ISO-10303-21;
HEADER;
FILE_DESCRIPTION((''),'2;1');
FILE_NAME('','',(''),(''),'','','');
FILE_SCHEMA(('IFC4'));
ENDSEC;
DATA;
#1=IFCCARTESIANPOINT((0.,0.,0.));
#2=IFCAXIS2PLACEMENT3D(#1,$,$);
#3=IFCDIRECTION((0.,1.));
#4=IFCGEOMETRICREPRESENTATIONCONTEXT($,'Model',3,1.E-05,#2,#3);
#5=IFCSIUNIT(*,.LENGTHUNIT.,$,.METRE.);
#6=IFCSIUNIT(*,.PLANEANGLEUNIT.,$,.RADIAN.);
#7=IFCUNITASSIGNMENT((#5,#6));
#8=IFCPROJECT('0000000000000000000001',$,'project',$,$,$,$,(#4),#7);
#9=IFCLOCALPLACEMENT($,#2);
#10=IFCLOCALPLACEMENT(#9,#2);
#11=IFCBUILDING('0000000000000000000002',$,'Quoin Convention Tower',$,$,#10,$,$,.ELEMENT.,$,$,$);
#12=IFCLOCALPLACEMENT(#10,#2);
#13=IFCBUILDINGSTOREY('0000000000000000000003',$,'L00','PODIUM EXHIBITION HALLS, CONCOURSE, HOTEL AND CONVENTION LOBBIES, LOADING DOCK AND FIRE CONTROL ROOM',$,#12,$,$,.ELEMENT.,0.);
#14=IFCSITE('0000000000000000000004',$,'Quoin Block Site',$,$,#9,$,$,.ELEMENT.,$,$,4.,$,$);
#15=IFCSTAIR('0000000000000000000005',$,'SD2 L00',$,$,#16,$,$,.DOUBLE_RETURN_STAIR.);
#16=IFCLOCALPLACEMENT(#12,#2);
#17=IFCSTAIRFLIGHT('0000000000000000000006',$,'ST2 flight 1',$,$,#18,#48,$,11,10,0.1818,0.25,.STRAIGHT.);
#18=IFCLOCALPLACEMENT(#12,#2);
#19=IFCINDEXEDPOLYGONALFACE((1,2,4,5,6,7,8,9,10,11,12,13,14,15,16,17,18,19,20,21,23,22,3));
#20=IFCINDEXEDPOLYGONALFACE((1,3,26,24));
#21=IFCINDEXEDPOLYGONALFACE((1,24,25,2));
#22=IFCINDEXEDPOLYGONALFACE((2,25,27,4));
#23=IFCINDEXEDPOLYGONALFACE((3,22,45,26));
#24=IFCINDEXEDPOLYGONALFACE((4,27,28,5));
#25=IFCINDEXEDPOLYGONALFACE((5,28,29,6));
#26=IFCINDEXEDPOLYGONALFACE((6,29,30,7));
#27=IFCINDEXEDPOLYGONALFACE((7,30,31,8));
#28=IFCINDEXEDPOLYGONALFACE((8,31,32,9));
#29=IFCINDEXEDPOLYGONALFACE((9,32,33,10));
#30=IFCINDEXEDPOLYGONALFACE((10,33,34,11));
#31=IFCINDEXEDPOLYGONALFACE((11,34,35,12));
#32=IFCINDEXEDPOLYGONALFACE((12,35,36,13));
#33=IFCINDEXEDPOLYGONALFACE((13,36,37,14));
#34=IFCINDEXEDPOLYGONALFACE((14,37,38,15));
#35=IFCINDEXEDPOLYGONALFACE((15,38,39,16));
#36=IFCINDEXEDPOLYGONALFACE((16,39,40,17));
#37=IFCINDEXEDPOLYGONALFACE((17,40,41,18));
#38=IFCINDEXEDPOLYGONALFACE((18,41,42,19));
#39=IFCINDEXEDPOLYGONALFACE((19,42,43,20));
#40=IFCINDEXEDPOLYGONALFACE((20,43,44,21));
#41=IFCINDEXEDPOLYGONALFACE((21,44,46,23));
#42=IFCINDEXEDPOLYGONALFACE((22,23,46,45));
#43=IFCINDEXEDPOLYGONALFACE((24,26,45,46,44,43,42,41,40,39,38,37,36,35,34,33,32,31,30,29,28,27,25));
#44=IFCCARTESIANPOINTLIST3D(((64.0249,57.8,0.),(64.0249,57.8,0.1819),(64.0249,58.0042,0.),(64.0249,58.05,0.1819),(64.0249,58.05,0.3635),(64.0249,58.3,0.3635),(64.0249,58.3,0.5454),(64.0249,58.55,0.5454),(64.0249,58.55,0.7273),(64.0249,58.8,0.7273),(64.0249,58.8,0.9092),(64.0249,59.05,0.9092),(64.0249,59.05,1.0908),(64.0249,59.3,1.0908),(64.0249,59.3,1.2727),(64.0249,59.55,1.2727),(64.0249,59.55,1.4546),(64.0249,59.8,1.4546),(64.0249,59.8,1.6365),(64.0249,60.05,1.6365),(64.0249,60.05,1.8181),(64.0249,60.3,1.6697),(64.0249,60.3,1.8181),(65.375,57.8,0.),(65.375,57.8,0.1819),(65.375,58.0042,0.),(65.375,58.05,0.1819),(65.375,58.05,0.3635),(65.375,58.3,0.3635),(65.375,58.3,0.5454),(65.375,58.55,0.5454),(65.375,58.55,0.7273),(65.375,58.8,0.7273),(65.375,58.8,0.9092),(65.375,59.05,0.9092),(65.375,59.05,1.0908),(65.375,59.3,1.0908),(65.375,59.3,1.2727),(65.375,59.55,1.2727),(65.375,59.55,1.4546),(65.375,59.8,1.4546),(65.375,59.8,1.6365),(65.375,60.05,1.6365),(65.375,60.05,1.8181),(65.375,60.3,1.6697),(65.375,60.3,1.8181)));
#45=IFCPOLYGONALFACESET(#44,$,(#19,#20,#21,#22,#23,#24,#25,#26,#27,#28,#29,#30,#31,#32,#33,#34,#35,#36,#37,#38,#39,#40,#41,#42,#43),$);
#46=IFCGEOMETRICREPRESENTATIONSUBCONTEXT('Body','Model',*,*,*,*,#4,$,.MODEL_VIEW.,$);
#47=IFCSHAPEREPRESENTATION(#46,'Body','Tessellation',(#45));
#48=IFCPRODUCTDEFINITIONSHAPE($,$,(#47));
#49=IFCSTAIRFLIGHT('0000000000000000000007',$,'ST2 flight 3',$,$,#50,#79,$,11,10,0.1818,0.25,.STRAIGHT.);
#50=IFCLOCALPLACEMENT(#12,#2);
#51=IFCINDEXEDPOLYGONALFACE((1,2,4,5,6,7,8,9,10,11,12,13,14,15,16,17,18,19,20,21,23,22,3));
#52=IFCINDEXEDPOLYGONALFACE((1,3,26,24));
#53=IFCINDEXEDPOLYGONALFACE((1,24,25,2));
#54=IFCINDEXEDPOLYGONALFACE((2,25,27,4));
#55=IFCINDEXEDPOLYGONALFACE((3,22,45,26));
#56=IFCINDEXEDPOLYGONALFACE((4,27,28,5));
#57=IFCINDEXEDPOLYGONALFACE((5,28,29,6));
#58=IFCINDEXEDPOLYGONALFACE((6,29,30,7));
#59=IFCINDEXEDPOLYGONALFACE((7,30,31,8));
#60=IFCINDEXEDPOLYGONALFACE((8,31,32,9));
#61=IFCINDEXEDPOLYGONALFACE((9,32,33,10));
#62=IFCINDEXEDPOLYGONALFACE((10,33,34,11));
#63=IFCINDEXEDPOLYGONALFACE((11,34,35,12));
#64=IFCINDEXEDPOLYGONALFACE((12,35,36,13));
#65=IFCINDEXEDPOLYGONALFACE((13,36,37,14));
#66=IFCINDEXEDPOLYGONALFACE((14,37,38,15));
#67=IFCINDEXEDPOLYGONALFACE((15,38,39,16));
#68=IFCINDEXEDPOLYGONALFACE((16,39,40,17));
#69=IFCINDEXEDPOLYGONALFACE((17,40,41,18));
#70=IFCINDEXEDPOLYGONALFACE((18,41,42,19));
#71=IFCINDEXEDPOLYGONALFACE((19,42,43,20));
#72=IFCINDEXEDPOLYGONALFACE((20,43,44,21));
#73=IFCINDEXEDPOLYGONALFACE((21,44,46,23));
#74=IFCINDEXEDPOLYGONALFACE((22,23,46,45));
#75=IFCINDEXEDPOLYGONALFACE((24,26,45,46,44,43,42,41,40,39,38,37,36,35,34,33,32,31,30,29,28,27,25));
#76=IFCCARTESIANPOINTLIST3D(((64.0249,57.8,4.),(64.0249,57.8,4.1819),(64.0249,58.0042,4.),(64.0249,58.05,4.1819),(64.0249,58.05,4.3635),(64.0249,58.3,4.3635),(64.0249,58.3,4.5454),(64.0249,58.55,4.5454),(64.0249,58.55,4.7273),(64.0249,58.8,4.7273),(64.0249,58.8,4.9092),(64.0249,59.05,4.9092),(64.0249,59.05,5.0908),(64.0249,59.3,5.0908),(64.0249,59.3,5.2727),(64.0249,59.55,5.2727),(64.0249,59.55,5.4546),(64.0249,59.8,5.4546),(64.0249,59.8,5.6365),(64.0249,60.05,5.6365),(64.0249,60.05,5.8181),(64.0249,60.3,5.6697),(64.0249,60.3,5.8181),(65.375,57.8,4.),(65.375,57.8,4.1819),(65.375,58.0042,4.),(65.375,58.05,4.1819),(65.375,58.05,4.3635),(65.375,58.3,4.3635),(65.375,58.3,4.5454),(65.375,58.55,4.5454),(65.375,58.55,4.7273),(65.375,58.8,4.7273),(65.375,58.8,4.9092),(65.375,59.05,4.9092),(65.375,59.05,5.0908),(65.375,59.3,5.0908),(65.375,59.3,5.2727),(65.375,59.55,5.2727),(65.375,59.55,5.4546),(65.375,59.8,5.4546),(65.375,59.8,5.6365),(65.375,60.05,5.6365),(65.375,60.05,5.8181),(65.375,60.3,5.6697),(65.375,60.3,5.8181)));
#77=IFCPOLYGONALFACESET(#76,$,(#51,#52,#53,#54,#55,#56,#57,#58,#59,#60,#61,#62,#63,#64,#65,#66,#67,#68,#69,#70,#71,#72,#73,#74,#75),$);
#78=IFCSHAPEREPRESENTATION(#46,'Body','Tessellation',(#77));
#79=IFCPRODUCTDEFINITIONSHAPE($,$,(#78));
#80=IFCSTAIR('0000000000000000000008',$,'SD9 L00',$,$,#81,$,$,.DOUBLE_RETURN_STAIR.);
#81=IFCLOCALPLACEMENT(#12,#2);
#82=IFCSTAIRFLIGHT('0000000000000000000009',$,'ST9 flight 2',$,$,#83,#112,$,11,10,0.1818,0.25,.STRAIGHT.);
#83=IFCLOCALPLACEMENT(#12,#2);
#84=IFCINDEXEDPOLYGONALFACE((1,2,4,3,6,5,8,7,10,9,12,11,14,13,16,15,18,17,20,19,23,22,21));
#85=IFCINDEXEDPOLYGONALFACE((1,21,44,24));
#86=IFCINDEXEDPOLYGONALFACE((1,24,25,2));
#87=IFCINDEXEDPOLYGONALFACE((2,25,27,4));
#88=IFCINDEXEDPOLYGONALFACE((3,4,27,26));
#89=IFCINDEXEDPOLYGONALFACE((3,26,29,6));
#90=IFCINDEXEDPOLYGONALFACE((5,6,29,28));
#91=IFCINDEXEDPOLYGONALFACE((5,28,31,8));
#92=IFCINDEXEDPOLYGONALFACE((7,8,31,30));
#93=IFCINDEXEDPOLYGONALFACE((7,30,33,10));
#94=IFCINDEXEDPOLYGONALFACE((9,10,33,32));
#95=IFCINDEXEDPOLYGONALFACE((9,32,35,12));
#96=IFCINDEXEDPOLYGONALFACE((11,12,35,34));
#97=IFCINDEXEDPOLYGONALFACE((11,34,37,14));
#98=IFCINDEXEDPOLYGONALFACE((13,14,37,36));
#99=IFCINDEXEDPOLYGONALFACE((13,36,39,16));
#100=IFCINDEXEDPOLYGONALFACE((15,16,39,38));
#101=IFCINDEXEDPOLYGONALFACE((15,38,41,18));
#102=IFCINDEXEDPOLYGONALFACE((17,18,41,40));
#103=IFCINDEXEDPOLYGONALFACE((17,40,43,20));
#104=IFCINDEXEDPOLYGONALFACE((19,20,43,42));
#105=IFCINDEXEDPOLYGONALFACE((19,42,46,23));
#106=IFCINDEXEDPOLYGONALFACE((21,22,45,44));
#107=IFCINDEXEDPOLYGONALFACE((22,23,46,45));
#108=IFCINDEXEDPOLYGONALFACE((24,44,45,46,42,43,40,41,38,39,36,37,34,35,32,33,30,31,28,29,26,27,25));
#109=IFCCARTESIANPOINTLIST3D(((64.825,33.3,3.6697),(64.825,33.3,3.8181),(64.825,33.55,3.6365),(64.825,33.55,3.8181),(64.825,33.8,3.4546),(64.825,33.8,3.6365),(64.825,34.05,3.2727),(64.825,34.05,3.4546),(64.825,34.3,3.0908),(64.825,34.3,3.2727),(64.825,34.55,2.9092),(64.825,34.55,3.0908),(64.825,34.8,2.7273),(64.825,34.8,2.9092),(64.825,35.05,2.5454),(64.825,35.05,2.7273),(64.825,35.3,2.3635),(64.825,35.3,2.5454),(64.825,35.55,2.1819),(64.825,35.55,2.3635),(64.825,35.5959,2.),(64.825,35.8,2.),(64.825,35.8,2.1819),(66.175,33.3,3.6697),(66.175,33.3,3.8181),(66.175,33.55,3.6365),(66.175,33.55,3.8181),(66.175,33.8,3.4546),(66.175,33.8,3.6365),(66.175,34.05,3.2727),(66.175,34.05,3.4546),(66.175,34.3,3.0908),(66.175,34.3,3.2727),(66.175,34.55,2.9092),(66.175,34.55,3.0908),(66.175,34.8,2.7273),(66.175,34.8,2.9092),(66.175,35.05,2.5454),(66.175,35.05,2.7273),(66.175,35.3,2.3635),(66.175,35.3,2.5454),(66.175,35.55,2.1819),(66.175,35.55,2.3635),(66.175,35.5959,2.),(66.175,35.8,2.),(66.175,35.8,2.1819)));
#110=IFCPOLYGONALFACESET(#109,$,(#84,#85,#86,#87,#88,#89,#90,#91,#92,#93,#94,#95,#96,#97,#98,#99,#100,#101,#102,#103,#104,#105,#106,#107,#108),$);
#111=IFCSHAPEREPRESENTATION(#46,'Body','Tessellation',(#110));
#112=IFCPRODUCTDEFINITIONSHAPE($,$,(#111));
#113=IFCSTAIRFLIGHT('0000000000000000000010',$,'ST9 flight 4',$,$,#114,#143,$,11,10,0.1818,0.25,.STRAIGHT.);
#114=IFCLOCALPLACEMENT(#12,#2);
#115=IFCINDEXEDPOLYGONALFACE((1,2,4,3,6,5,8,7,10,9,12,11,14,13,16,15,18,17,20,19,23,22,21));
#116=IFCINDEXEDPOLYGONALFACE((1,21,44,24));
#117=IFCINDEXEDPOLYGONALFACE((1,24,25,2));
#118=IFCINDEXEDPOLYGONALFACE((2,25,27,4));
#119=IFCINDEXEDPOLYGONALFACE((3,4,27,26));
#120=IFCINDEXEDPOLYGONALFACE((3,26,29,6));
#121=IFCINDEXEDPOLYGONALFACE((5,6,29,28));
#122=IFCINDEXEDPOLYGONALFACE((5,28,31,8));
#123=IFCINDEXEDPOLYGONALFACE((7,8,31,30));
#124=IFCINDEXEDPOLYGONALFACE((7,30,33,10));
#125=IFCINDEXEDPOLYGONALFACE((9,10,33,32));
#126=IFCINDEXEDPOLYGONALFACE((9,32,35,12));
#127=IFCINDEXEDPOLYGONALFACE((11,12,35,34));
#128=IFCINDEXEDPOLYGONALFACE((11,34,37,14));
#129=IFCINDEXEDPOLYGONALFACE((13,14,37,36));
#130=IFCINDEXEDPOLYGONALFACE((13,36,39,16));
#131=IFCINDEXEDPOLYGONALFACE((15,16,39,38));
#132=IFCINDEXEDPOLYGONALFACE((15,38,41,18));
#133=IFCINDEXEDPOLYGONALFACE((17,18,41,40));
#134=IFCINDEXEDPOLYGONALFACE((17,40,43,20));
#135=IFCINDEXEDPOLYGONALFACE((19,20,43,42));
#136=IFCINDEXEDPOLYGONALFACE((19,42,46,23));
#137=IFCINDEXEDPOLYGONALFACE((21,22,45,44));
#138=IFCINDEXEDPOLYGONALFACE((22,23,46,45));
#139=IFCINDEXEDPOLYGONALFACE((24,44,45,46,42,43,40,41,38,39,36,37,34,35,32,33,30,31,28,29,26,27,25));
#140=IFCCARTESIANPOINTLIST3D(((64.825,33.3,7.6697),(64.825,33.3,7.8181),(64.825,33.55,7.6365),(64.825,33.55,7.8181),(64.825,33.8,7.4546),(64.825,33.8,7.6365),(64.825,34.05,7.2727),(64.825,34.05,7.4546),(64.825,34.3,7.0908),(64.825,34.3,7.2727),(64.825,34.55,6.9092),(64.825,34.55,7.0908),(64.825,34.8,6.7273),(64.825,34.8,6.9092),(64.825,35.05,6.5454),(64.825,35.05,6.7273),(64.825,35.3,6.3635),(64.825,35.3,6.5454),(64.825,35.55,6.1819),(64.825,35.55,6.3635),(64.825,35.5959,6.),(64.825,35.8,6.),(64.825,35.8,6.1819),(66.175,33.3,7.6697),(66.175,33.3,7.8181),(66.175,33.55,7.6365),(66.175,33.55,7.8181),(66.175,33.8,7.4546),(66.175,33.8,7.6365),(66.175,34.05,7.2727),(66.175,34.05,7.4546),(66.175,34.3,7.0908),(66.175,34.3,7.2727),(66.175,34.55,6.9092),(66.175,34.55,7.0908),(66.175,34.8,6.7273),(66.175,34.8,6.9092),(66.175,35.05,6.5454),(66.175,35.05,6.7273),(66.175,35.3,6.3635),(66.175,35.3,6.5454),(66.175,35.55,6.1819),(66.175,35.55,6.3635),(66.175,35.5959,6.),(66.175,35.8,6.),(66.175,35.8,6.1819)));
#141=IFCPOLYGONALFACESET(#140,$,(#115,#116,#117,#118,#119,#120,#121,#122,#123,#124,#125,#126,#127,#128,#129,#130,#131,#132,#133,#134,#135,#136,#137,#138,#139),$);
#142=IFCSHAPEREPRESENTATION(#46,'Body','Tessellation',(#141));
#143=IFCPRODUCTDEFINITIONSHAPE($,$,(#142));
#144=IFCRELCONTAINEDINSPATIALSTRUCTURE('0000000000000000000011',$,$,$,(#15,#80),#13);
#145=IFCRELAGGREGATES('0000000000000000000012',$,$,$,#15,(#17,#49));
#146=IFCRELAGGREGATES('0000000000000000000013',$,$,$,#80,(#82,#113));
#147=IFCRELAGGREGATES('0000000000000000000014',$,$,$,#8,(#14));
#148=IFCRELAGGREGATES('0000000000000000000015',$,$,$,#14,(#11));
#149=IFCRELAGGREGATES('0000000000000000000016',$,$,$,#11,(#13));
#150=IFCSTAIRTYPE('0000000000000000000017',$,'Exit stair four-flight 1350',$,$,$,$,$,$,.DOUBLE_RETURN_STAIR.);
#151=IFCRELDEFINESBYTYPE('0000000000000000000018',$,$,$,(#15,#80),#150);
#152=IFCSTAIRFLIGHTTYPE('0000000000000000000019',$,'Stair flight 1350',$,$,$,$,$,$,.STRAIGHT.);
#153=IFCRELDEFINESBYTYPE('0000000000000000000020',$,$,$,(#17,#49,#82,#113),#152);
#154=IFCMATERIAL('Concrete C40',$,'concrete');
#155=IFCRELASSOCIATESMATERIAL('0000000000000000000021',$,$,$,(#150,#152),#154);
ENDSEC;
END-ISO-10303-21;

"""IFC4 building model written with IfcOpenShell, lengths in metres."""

from ifc_helpers import new_model, si_unit, direction, frame, origin, place, context, subcontext, project, spatial, polyline, outline, extrude, material, type_object, element, aggregate, save


model = new_model("IFC4")

# Units and contexts
model_context = context("Model", 3, precision=1e-05, world=origin(), true_north=direction((0.0, 1.0)))
body_context = subcontext(model_context, "Body", "Model", "MODEL_VIEW")
ifc_project = project(units=[si_unit("LENGTHUNIT", "METRE"), si_unit("PLANEANGLEUNIT", "RADIAN")], contexts=[model_context])

# Site, building, storey
site_placement = place(None, origin())
site = spatial("IfcSite", under=ifc_project, at=site_placement, Name="Quoin Block Site", CompositionType="ELEMENT", RefElevation=4.0)
building_placement = place(site_placement, origin())
building = spatial("IfcBuilding", under=site, at=building_placement, Name="Quoin Convention Tower", CompositionType="ELEMENT")
storey_placement = place(building_placement, origin())
storey = spatial("IfcBuildingStorey", under=building, at=storey_placement, Name="L00", Description="PODIUM EXHIBITION HALLS, CONCOURSE, HOTEL AND CONVENTION LOBBIES, LOADING DOCK AND FIRE CONTROL ROOM", CompositionType="ELEMENT", Elevation=0.0)

# Stairs, stair flights
ifc_material_1 = material(Name="Concrete C40", Category="concrete")
stair_type_1 = type_object("IfcStairType", Name="Exit stair four-flight 1350", PredefinedType="DOUBLE_RETURN_STAIR", material=ifc_material_1)
stair_1_placement = place(storey_placement, origin())
stair_1 = element("IfcStair", 1, at=stair_1_placement, inside=storey, type_object=stair_type_1, Name="SD2 L00", PredefinedType="DOUBLE_RETURN_STAIR")
stair_flight_type_1 = type_object("IfcStairFlightType", Name="Stair flight 1350", PredefinedType="STRAIGHT", material=ifc_material_1)
stair_flight_1_placement = place(storey_placement, frame((64.7, 57.8, 0.0), z_axis=(0.0, 0.0, 1.0), x_axis=(0.0, 1.0, 0.0)))
stair_flight_1 = element("IfcStairFlight", 2, at=stair_flight_1_placement, type_object=stair_flight_type_1, Name="ST2 flight 1", NumberOfRisers=11, NumberOfTreads=10, PredefinedType="STRAIGHT", RiserHeight=0.1818, TreadLength=0.25, context=body_context, shape_type="SweptSolid", body=[
    extrude(outline(polyline([(0.0, 0.0), (0.0, 0.1819), (0.25, 0.1819), (0.25, 0.3635), (0.5, 0.3635), (0.5, 0.5454), (0.75, 0.5454), (0.75, 0.7273), (1.0, 0.7273), (1.0, 0.9092), (1.25, 0.9092), (1.25, 1.0908), (1.5, 1.0908), (1.5, 1.2727), (1.75, 1.2727), (1.75, 1.4546), (2.0, 1.4546), (2.0, 1.6365), (2.25, 1.6365), (2.25, 1.8181), (2.5, 1.8181), (2.5, 2.0), (2.5, 1.6697), (0.2041, 0.0), (0.0, 0.0)])), frame((0.0, 0.675, 0.0), z_axis=(0.0, -1.0, 0.0), x_axis=(1.0, 0.0, 0.0)), (0.0, 0.0, 1.0), 1.3501),
])
stair_flight_2_placement = place(storey_placement, frame((64.7, 57.8, 4.0), z_axis=(0.0, 0.0, 1.0), x_axis=(0.0, 1.0, 0.0)))
stair_flight_2 = element("IfcStairFlight", 3, at=stair_flight_2_placement, type_object=stair_flight_type_1, Name="ST2 flight 3", NumberOfRisers=11, NumberOfTreads=10, PredefinedType="STRAIGHT", RiserHeight=0.1818, TreadLength=0.25, context=body_context, shape_type="SweptSolid", body=[
    extrude(outline(polyline([(0.0, 0.0), (0.0, 0.1819), (0.25, 0.1819), (0.25, 0.3635), (0.5, 0.3635), (0.5, 0.5454), (0.75, 0.5454), (0.75, 0.7273), (1.0, 0.7273), (1.0, 0.9092), (1.25, 0.9092), (1.25, 1.0908), (1.5, 1.0908), (1.5, 1.2727), (1.75, 1.2727), (1.75, 1.4546), (2.0, 1.4546), (2.0, 1.6365), (2.25, 1.6365), (2.25, 1.8181), (2.5, 1.8181), (2.5, 2.0), (2.5, 1.6697), (0.2041, 0.0), (0.0, 0.0)])), frame((0.0, 0.675, 0.0), z_axis=(0.0, -1.0, 0.0), x_axis=(1.0, 0.0, 0.0)), (0.0, 0.0, 1.0), 1.3501),
])
aggregate(stair_1, [stair_flight_1, stair_flight_2])
stair_2_placement = place(storey_placement, origin())
stair_2 = element("IfcStair", 4, at=stair_2_placement, inside=storey, type_object=stair_type_1, Name="SD9 L00", PredefinedType="DOUBLE_RETURN_STAIR")
stair_flight_3_placement = place(storey_placement, frame((65.5, 35.8, 2.0), z_axis=(0.0, 0.0, 1.0), x_axis=(0.0, -1.0, 0.0)))
stair_flight_3 = element("IfcStairFlight", 5, at=stair_flight_3_placement, type_object=stair_flight_type_1, Name="ST9 flight 2", NumberOfRisers=11, NumberOfTreads=10, PredefinedType="STRAIGHT", RiserHeight=0.1818, TreadLength=0.25, context=body_context, shape_type="SweptSolid", body=[
    extrude(outline(polyline([(0.0, 0.0), (0.0, 0.1819), (0.25, 0.1819), (0.25, 0.3635), (0.5, 0.3635), (0.5, 0.5454), (0.75, 0.5454), (0.75, 0.7273), (1.0, 0.7273), (1.0, 0.9092), (1.25, 0.9092), (1.25, 1.0908), (1.5, 1.0908), (1.5, 1.2727), (1.75, 1.2727), (1.75, 1.4546), (2.0, 1.4546), (2.0, 1.6365), (2.25, 1.6365), (2.25, 1.8181), (2.5, 1.8181), (2.5, 2.0), (2.5, 1.6697), (0.2041, 0.0), (0.0, 0.0)])), frame((0.0, 0.675, 0.0), z_axis=(0.0, -1.0, 0.0), x_axis=(1.0, 0.0, 0.0)), (0.0, 0.0, 1.0), 1.3501),
])
stair_flight_4_placement = place(storey_placement, frame((65.5, 35.8, 6.0), z_axis=(0.0, 0.0, 1.0), x_axis=(0.0, -1.0, 0.0)))
stair_flight_4 = element("IfcStairFlight", 6, at=stair_flight_4_placement, type_object=stair_flight_type_1, Name="ST9 flight 4", NumberOfRisers=11, NumberOfTreads=10, PredefinedType="STRAIGHT", RiserHeight=0.1818, TreadLength=0.25, context=body_context, shape_type="SweptSolid", body=[
    extrude(outline(polyline([(0.0, 0.0), (0.0, 0.1819), (0.25, 0.1819), (0.25, 0.3635), (0.5, 0.3635), (0.5, 0.5454), (0.75, 0.5454), (0.75, 0.7273), (1.0, 0.7273), (1.0, 0.9092), (1.25, 0.9092), (1.25, 1.0908), (1.5, 1.0908), (1.5, 1.2727), (1.75, 1.2727), (1.75, 1.4546), (2.0, 1.4546), (2.0, 1.6365), (2.25, 1.6365), (2.25, 1.8181), (2.5, 1.8181), (2.5, 2.0), (2.5, 1.6697), (0.2041, 0.0), (0.0, 0.0)])), frame((0.0, 0.675, 0.0), z_axis=(0.0, -1.0, 0.0), x_axis=(1.0, 0.0, 0.0)), (0.0, 0.0, 1.0), 1.3501),
])
aggregate(stair_2, [stair_flight_3, stair_flight_4])

save(model, "model.ifc")
